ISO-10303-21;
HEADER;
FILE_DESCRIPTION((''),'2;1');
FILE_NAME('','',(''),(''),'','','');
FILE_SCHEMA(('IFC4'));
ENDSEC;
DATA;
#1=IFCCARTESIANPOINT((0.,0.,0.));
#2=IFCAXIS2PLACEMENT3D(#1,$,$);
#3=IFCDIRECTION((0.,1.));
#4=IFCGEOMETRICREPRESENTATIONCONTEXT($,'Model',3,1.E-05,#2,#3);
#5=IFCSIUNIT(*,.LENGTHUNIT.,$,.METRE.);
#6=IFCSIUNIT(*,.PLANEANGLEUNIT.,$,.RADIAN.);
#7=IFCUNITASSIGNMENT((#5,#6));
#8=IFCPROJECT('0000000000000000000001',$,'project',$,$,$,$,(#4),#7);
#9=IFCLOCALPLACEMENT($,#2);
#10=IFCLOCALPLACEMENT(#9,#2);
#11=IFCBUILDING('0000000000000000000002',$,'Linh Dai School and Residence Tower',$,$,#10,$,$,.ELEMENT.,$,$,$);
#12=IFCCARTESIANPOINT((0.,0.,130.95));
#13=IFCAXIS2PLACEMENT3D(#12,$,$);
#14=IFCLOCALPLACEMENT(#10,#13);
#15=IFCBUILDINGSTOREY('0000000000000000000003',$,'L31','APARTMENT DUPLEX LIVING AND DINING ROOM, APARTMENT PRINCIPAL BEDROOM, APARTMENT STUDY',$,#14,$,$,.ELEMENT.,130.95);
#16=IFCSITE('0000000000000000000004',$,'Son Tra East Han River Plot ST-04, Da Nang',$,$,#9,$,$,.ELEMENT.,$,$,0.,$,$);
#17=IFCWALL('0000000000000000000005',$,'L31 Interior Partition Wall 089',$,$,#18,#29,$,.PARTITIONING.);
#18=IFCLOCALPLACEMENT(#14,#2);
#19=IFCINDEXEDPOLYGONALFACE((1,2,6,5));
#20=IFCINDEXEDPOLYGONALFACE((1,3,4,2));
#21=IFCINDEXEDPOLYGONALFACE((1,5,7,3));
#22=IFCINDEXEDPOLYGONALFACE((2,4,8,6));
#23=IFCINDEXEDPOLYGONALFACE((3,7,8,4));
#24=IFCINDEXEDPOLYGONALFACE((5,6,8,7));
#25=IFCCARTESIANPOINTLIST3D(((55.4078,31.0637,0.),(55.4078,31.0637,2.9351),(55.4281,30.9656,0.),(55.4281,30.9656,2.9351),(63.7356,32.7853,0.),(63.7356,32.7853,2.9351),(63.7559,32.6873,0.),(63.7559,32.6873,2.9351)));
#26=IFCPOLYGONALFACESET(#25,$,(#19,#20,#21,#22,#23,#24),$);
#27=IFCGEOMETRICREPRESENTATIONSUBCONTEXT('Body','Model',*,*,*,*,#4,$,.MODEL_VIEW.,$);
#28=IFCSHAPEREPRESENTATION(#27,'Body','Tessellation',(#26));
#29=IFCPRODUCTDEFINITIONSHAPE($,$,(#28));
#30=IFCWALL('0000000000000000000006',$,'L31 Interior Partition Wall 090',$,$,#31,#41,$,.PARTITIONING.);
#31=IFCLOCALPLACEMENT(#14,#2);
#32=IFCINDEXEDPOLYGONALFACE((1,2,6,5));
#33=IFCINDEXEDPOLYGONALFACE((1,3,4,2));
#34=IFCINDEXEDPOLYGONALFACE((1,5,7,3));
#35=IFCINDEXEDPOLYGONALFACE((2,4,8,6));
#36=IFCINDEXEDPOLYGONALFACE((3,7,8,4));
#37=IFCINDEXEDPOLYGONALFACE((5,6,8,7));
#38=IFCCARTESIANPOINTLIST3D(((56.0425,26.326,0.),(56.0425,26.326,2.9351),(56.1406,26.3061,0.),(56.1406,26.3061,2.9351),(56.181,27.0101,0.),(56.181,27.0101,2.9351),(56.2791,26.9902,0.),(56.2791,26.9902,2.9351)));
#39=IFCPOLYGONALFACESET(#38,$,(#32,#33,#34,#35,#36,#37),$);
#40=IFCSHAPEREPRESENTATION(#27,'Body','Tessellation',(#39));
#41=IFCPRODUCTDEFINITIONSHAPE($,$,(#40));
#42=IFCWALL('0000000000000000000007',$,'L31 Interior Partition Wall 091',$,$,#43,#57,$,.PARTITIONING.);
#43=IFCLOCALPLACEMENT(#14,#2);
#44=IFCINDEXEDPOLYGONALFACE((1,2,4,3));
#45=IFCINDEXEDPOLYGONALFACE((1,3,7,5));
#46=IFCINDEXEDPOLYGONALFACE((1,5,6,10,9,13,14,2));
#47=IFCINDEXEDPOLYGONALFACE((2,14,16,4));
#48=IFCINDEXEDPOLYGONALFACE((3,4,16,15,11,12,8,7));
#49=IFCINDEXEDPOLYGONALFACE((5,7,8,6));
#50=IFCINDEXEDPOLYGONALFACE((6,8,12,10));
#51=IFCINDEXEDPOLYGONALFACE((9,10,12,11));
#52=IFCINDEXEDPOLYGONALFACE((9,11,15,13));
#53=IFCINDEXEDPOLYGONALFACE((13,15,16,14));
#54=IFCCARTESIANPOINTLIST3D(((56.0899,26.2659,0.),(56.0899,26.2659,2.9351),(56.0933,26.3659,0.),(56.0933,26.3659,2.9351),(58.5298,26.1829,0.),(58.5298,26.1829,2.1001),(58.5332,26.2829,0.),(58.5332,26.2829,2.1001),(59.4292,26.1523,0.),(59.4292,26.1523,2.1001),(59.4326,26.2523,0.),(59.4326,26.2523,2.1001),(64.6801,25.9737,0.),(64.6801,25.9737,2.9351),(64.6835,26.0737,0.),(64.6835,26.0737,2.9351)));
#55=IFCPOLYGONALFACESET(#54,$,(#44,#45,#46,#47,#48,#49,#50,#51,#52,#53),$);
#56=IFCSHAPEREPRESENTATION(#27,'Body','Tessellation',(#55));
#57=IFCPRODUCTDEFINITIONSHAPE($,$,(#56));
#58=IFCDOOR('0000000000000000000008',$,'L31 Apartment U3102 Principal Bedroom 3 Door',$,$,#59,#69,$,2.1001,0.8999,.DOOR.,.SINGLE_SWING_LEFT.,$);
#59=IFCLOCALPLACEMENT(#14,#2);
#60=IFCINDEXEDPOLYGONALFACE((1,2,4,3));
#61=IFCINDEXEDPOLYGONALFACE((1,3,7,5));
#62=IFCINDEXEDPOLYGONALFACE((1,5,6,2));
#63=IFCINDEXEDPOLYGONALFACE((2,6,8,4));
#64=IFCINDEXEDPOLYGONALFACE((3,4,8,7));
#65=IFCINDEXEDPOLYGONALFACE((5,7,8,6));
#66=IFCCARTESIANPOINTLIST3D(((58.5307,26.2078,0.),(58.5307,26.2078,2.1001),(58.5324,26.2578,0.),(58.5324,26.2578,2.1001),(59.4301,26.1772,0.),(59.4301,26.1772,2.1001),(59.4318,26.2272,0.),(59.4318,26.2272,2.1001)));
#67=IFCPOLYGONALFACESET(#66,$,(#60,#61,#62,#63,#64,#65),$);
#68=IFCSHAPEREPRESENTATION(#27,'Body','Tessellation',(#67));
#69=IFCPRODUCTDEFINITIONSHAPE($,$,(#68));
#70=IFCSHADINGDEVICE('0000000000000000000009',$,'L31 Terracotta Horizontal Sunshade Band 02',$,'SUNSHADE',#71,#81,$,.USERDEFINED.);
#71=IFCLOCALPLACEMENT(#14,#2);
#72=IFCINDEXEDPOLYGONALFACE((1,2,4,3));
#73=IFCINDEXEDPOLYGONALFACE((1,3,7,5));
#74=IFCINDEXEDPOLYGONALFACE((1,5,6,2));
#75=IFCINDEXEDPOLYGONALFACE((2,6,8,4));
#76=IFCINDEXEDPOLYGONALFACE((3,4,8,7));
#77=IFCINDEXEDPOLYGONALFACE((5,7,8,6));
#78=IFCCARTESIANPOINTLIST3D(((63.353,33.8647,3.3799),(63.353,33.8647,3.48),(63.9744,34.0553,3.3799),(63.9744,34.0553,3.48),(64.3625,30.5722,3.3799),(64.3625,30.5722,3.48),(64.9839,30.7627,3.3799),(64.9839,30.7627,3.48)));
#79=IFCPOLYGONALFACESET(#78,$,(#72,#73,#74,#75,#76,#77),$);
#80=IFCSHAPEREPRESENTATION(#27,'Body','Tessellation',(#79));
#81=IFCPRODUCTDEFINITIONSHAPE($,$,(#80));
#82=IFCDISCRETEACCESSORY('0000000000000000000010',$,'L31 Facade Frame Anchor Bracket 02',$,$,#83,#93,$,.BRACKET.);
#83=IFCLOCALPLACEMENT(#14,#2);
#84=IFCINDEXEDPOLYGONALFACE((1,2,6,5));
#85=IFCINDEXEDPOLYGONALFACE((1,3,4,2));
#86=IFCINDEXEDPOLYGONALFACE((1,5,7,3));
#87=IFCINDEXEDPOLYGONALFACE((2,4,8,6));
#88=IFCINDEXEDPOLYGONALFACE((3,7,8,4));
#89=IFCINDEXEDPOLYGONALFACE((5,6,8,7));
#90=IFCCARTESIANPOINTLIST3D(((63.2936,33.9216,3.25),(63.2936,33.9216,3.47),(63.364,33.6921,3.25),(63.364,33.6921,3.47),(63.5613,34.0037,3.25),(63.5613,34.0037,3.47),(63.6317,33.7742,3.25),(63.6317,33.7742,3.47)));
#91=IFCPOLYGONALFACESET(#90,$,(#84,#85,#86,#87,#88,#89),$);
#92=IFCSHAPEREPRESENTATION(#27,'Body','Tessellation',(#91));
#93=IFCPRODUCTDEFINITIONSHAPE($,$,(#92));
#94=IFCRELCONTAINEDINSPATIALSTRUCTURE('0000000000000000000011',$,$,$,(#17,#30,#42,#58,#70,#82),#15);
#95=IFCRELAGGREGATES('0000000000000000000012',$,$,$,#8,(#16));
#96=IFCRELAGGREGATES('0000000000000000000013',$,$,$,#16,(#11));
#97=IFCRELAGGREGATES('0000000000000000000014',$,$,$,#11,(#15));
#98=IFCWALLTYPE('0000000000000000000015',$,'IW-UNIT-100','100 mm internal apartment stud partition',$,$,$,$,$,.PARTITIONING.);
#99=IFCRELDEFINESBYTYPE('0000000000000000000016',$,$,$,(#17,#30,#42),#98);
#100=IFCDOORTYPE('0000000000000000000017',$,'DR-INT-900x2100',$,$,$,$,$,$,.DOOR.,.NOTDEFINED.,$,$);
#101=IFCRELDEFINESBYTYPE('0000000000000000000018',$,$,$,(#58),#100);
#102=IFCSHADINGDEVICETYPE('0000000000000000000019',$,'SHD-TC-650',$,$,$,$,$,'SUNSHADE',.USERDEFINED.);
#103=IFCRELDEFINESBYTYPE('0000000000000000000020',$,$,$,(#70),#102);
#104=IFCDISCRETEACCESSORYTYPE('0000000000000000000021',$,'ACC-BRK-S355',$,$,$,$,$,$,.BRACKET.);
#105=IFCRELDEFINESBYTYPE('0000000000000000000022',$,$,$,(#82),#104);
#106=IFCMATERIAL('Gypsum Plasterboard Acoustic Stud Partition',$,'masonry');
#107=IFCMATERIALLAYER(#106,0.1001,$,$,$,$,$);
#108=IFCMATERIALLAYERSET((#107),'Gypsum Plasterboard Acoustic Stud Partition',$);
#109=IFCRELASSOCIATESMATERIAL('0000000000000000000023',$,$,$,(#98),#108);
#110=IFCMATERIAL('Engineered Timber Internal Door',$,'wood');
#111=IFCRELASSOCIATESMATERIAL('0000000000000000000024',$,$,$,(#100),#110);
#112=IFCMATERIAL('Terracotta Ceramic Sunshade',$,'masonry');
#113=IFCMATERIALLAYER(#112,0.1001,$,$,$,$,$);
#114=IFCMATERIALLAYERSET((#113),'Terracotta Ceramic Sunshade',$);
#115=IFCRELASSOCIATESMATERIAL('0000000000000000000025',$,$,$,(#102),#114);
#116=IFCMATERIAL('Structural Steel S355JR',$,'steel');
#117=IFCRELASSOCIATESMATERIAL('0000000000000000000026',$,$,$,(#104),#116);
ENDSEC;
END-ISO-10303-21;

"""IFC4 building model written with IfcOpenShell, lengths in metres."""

from ifc_helpers import new_model, si_unit, direction, frame, frame_2d, origin, origin_2d, place, context, subcontext, project, spatial, rectangle, extrude, source, transform, mapped, material, layer, layer_set, type_object, element, fill, save


model = new_model("IFC4")

# Units and contexts
model_context = context("Model", 3, precision=1e-05, world=origin(), true_north=direction((0.0, 1.0)))
body_context = subcontext(model_context, "Body", "Model", "MODEL_VIEW")
ifc_project = project(units=[si_unit("LENGTHUNIT", "METRE"), si_unit("PLANEANGLEUNIT", "RADIAN")], contexts=[model_context])

# Site, building, storey
site_placement = place(None, origin())
site = spatial("IfcSite", under=ifc_project, at=site_placement, Name="Son Tra East Han River Plot ST-04, Da Nang", CompositionType="ELEMENT", RefElevation=0.0)
building_placement = place(site_placement, origin())
building = spatial("IfcBuilding", under=site, at=building_placement, Name="Linh Dai School and Residence Tower", CompositionType="ELEMENT")
storey_placement = place(building_placement, frame((0.0, 0.0, 130.95)))
storey = spatial("IfcBuildingStorey", under=building, at=storey_placement, Name="L31", Description="APARTMENT DUPLEX LIVING AND DINING ROOM, APARTMENT PRINCIPAL BEDROOM, APARTMENT STUDY", CompositionType="ELEMENT", Elevation=130.95)

# Shared definitions
ifc_material_1 = material(Name="Structural Steel S355JR", Category="steel")

# Shared definitions
ifc_material_2 = material(Name="Gypsum Plasterboard Acoustic Stud Partition", Category="masonry")
ifc_layer_1 = layer(ifc_material_2, 0.1001)
ifc_layer_set_1 = layer_set([ifc_layer_1], Name="Gypsum Plasterboard Acoustic Stud Partition")
wall_type_1 = type_object("IfcWallType", Name="IW-UNIT-100", Description="100 mm internal apartment stud partition", PredefinedType="PARTITIONING", material=ifc_layer_set_1)

# Shared definitions
ifc_material_3 = material(Name="Engineered Timber Internal Door", Category="wood")
door_type = type_object("IfcDoorType", Name="DR-INT-900x2100", OperationType="NOTDEFINED", PredefinedType="DOOR", material=ifc_material_3)
shared_shape_1 = source(origin(), body_context, "Body", "SweptSolid", [
    extrude(rectangle(XDim=0.8999, YDim=2.1001, at=origin_2d()), frame((0.45, 0.0249, 1.05), z_axis=(0.0, -1.0, 0.0), x_axis=(1.0, 0.0, 0.0)), (0.0, 0.0, 1.0), 0.05),
])

# Walls
wall_1_placement = place(storey_placement, frame((55.418, 31.0146, 0.0), z_axis=(0.0, 0.0, 1.0), x_axis=(0.979291, 0.202456, 0.0)))
element("IfcWall", 1, at=wall_1_placement, inside=storey, type_object=wall_type_1, Name="L31 Interior Partition Wall 089", PredefinedType="PARTITIONING", context=body_context, shape_type="SweptSolid", body=[
    extrude(rectangle(XDim=8.5039, YDim=0.1001, at=frame_2d((4.252, 0.0))), origin(), (0.0, 0.0, 1.0), 2.9351),
])
wall_2_placement = place(storey_placement, frame((56.0916, 26.3159, 0.0), z_axis=(0.0, 0.0, 1.0), x_axis=(0.198336, 0.980134, 0.0)))
element("IfcWall", 2, at=wall_2_placement, inside=storey, type_object=wall_type_1, Name="L31 Interior Partition Wall 090", PredefinedType="PARTITIONING", context=body_context, shape_type="SweptSolid", body=[
    extrude(rectangle(XDim=0.698, YDim=0.1001, at=frame_2d((0.3491, 0.0))), origin(), (0.0, 0.0, 1.0), 2.9351),
])

# Wall, opening, door
wall_3_placement = place(storey_placement, frame((56.0916, 26.3159, 0.0), z_axis=(0.0, 0.0, 1.0), x_axis=(0.999422, -0.034, 0.0)))
wall_3 = element("IfcWall", 3, at=wall_3_placement, inside=storey, type_object=wall_type_1, Name="L31 Interior Partition Wall 091", PredefinedType="PARTITIONING", context=body_context, shape_type="SweptSolid", body=[
    extrude(rectangle(XDim=8.5952, YDim=0.1001, at=frame_2d((4.2976, 0.0))), origin(), (0.0, 0.0, 1.0), 2.9351),
])
opening_1_placement = place(wall_3_placement, frame((2.4414, 0.0, 0.0)))
opening_1 = element("IfcOpeningElement", 4, at=opening_1_placement, cuts=wall_3, PredefinedType="OPENING", context=body_context, shape_type="SweptSolid", body=[
    extrude(rectangle(XDim=0.8999, YDim=2.1001, at=origin_2d()), frame((0.45, 0.0601, 1.05), z_axis=(0.0, -1.0, 0.0), x_axis=(1.0, 0.0, 0.0)), (0.0, 0.0, 1.0), 0.1201),
])
door_1_placement = place(opening_1_placement, origin())
door_1 = element("IfcDoor", 5, at=door_1_placement, inside=storey, type_object=door_type, Name="L31 Apartment U3102 Principal Bedroom 3 Door", OperationType="SINGLE_SWING_LEFT", OverallHeight=2.1001, OverallWidth=0.8999, PredefinedType="DOOR", context=body_context, shape_type="MappedRepresentation", body=[
    mapped(shared_shape_1, transform((0.0, 0.0, 0.0), x_axis=(1.0, 0.0, 0.0), y_axis=(0.0, 1.0, 0.0), z_axis=(0.0, 0.0, 1.0), scale=1.0)),
])
fill(opening_1, door_1)

# Shading device
ifc_material_4 = material(Name="Terracotta Ceramic Sunshade", Category="masonry")
ifc_layer_2 = layer(ifc_material_4, 0.1001)
ifc_layer_set_2 = layer_set([ifc_layer_2], Name="Terracotta Ceramic Sunshade")
shading_device_type = type_object("IfcShadingDeviceType", Name="SHD-TC-650", ElementType="SUNSHADE", PredefinedType="USERDEFINED", material=ifc_layer_set_2)
shared_shape_2 = source(origin(), body_context, "Body", "SweptSolid", [
    extrude(rectangle(XDim=3.4438, YDim=0.6499, at=origin_2d()), origin(), (0.0, 0.0, 1.0), 0.1001),
])
shading_device_placement = place(storey_placement, frame((64.1685, 32.3137, 3.3799), z_axis=(0.0, 0.0, 1.0), x_axis=(0.293134, -0.956072, 0.0)))
element("IfcShadingDevice", 6, at=shading_device_placement, inside=storey, type_object=shading_device_type, Name="L31 Terracotta Horizontal Sunshade Band 02", ObjectType="SUNSHADE", PredefinedType="USERDEFINED", context=body_context, shape_type="MappedRepresentation", body=[
    mapped(shared_shape_2, transform((0.0, 0.0, 0.0), x_axis=(1.0, 0.0, 0.0), y_axis=(0.0, 1.0, 0.0), z_axis=(0.0, 0.0, 1.0), scale=1.0)),
])

# Discrete accessory
discrete_accessory_type = type_object("IfcDiscreteAccessoryType", Name="ACC-BRK-S355", PredefinedType="BRACKET", material=ifc_material_1)
shared_shape_3 = source(origin(), body_context, "Body", "SweptSolid", [
    extrude(rectangle(XDim=0.28, YDim=0.24, at=origin_2d()), origin(), (0.0, 0.0, 1.0), 0.22),
])
discrete_accessory_placement = place(storey_placement, frame((63.4626, 33.8479, 3.25), z_axis=(0.0, 0.0, 1.0), x_axis=(0.956072, 0.293134, 0.0)))
element("IfcDiscreteAccessory", 7, at=discrete_accessory_placement, inside=storey, type_object=discrete_accessory_type, Name="L31 Facade Frame Anchor Bracket 02", PredefinedType="BRACKET", context=body_context, shape_type="MappedRepresentation", body=[
    mapped(shared_shape_3, transform((0.0, 0.0, 0.0), x_axis=(1.0, 0.0, 0.0), y_axis=(0.0, 1.0, 0.0), z_axis=(0.0, 0.0, 1.0), scale=1.0)),
])

save(model, "model.ifc")
